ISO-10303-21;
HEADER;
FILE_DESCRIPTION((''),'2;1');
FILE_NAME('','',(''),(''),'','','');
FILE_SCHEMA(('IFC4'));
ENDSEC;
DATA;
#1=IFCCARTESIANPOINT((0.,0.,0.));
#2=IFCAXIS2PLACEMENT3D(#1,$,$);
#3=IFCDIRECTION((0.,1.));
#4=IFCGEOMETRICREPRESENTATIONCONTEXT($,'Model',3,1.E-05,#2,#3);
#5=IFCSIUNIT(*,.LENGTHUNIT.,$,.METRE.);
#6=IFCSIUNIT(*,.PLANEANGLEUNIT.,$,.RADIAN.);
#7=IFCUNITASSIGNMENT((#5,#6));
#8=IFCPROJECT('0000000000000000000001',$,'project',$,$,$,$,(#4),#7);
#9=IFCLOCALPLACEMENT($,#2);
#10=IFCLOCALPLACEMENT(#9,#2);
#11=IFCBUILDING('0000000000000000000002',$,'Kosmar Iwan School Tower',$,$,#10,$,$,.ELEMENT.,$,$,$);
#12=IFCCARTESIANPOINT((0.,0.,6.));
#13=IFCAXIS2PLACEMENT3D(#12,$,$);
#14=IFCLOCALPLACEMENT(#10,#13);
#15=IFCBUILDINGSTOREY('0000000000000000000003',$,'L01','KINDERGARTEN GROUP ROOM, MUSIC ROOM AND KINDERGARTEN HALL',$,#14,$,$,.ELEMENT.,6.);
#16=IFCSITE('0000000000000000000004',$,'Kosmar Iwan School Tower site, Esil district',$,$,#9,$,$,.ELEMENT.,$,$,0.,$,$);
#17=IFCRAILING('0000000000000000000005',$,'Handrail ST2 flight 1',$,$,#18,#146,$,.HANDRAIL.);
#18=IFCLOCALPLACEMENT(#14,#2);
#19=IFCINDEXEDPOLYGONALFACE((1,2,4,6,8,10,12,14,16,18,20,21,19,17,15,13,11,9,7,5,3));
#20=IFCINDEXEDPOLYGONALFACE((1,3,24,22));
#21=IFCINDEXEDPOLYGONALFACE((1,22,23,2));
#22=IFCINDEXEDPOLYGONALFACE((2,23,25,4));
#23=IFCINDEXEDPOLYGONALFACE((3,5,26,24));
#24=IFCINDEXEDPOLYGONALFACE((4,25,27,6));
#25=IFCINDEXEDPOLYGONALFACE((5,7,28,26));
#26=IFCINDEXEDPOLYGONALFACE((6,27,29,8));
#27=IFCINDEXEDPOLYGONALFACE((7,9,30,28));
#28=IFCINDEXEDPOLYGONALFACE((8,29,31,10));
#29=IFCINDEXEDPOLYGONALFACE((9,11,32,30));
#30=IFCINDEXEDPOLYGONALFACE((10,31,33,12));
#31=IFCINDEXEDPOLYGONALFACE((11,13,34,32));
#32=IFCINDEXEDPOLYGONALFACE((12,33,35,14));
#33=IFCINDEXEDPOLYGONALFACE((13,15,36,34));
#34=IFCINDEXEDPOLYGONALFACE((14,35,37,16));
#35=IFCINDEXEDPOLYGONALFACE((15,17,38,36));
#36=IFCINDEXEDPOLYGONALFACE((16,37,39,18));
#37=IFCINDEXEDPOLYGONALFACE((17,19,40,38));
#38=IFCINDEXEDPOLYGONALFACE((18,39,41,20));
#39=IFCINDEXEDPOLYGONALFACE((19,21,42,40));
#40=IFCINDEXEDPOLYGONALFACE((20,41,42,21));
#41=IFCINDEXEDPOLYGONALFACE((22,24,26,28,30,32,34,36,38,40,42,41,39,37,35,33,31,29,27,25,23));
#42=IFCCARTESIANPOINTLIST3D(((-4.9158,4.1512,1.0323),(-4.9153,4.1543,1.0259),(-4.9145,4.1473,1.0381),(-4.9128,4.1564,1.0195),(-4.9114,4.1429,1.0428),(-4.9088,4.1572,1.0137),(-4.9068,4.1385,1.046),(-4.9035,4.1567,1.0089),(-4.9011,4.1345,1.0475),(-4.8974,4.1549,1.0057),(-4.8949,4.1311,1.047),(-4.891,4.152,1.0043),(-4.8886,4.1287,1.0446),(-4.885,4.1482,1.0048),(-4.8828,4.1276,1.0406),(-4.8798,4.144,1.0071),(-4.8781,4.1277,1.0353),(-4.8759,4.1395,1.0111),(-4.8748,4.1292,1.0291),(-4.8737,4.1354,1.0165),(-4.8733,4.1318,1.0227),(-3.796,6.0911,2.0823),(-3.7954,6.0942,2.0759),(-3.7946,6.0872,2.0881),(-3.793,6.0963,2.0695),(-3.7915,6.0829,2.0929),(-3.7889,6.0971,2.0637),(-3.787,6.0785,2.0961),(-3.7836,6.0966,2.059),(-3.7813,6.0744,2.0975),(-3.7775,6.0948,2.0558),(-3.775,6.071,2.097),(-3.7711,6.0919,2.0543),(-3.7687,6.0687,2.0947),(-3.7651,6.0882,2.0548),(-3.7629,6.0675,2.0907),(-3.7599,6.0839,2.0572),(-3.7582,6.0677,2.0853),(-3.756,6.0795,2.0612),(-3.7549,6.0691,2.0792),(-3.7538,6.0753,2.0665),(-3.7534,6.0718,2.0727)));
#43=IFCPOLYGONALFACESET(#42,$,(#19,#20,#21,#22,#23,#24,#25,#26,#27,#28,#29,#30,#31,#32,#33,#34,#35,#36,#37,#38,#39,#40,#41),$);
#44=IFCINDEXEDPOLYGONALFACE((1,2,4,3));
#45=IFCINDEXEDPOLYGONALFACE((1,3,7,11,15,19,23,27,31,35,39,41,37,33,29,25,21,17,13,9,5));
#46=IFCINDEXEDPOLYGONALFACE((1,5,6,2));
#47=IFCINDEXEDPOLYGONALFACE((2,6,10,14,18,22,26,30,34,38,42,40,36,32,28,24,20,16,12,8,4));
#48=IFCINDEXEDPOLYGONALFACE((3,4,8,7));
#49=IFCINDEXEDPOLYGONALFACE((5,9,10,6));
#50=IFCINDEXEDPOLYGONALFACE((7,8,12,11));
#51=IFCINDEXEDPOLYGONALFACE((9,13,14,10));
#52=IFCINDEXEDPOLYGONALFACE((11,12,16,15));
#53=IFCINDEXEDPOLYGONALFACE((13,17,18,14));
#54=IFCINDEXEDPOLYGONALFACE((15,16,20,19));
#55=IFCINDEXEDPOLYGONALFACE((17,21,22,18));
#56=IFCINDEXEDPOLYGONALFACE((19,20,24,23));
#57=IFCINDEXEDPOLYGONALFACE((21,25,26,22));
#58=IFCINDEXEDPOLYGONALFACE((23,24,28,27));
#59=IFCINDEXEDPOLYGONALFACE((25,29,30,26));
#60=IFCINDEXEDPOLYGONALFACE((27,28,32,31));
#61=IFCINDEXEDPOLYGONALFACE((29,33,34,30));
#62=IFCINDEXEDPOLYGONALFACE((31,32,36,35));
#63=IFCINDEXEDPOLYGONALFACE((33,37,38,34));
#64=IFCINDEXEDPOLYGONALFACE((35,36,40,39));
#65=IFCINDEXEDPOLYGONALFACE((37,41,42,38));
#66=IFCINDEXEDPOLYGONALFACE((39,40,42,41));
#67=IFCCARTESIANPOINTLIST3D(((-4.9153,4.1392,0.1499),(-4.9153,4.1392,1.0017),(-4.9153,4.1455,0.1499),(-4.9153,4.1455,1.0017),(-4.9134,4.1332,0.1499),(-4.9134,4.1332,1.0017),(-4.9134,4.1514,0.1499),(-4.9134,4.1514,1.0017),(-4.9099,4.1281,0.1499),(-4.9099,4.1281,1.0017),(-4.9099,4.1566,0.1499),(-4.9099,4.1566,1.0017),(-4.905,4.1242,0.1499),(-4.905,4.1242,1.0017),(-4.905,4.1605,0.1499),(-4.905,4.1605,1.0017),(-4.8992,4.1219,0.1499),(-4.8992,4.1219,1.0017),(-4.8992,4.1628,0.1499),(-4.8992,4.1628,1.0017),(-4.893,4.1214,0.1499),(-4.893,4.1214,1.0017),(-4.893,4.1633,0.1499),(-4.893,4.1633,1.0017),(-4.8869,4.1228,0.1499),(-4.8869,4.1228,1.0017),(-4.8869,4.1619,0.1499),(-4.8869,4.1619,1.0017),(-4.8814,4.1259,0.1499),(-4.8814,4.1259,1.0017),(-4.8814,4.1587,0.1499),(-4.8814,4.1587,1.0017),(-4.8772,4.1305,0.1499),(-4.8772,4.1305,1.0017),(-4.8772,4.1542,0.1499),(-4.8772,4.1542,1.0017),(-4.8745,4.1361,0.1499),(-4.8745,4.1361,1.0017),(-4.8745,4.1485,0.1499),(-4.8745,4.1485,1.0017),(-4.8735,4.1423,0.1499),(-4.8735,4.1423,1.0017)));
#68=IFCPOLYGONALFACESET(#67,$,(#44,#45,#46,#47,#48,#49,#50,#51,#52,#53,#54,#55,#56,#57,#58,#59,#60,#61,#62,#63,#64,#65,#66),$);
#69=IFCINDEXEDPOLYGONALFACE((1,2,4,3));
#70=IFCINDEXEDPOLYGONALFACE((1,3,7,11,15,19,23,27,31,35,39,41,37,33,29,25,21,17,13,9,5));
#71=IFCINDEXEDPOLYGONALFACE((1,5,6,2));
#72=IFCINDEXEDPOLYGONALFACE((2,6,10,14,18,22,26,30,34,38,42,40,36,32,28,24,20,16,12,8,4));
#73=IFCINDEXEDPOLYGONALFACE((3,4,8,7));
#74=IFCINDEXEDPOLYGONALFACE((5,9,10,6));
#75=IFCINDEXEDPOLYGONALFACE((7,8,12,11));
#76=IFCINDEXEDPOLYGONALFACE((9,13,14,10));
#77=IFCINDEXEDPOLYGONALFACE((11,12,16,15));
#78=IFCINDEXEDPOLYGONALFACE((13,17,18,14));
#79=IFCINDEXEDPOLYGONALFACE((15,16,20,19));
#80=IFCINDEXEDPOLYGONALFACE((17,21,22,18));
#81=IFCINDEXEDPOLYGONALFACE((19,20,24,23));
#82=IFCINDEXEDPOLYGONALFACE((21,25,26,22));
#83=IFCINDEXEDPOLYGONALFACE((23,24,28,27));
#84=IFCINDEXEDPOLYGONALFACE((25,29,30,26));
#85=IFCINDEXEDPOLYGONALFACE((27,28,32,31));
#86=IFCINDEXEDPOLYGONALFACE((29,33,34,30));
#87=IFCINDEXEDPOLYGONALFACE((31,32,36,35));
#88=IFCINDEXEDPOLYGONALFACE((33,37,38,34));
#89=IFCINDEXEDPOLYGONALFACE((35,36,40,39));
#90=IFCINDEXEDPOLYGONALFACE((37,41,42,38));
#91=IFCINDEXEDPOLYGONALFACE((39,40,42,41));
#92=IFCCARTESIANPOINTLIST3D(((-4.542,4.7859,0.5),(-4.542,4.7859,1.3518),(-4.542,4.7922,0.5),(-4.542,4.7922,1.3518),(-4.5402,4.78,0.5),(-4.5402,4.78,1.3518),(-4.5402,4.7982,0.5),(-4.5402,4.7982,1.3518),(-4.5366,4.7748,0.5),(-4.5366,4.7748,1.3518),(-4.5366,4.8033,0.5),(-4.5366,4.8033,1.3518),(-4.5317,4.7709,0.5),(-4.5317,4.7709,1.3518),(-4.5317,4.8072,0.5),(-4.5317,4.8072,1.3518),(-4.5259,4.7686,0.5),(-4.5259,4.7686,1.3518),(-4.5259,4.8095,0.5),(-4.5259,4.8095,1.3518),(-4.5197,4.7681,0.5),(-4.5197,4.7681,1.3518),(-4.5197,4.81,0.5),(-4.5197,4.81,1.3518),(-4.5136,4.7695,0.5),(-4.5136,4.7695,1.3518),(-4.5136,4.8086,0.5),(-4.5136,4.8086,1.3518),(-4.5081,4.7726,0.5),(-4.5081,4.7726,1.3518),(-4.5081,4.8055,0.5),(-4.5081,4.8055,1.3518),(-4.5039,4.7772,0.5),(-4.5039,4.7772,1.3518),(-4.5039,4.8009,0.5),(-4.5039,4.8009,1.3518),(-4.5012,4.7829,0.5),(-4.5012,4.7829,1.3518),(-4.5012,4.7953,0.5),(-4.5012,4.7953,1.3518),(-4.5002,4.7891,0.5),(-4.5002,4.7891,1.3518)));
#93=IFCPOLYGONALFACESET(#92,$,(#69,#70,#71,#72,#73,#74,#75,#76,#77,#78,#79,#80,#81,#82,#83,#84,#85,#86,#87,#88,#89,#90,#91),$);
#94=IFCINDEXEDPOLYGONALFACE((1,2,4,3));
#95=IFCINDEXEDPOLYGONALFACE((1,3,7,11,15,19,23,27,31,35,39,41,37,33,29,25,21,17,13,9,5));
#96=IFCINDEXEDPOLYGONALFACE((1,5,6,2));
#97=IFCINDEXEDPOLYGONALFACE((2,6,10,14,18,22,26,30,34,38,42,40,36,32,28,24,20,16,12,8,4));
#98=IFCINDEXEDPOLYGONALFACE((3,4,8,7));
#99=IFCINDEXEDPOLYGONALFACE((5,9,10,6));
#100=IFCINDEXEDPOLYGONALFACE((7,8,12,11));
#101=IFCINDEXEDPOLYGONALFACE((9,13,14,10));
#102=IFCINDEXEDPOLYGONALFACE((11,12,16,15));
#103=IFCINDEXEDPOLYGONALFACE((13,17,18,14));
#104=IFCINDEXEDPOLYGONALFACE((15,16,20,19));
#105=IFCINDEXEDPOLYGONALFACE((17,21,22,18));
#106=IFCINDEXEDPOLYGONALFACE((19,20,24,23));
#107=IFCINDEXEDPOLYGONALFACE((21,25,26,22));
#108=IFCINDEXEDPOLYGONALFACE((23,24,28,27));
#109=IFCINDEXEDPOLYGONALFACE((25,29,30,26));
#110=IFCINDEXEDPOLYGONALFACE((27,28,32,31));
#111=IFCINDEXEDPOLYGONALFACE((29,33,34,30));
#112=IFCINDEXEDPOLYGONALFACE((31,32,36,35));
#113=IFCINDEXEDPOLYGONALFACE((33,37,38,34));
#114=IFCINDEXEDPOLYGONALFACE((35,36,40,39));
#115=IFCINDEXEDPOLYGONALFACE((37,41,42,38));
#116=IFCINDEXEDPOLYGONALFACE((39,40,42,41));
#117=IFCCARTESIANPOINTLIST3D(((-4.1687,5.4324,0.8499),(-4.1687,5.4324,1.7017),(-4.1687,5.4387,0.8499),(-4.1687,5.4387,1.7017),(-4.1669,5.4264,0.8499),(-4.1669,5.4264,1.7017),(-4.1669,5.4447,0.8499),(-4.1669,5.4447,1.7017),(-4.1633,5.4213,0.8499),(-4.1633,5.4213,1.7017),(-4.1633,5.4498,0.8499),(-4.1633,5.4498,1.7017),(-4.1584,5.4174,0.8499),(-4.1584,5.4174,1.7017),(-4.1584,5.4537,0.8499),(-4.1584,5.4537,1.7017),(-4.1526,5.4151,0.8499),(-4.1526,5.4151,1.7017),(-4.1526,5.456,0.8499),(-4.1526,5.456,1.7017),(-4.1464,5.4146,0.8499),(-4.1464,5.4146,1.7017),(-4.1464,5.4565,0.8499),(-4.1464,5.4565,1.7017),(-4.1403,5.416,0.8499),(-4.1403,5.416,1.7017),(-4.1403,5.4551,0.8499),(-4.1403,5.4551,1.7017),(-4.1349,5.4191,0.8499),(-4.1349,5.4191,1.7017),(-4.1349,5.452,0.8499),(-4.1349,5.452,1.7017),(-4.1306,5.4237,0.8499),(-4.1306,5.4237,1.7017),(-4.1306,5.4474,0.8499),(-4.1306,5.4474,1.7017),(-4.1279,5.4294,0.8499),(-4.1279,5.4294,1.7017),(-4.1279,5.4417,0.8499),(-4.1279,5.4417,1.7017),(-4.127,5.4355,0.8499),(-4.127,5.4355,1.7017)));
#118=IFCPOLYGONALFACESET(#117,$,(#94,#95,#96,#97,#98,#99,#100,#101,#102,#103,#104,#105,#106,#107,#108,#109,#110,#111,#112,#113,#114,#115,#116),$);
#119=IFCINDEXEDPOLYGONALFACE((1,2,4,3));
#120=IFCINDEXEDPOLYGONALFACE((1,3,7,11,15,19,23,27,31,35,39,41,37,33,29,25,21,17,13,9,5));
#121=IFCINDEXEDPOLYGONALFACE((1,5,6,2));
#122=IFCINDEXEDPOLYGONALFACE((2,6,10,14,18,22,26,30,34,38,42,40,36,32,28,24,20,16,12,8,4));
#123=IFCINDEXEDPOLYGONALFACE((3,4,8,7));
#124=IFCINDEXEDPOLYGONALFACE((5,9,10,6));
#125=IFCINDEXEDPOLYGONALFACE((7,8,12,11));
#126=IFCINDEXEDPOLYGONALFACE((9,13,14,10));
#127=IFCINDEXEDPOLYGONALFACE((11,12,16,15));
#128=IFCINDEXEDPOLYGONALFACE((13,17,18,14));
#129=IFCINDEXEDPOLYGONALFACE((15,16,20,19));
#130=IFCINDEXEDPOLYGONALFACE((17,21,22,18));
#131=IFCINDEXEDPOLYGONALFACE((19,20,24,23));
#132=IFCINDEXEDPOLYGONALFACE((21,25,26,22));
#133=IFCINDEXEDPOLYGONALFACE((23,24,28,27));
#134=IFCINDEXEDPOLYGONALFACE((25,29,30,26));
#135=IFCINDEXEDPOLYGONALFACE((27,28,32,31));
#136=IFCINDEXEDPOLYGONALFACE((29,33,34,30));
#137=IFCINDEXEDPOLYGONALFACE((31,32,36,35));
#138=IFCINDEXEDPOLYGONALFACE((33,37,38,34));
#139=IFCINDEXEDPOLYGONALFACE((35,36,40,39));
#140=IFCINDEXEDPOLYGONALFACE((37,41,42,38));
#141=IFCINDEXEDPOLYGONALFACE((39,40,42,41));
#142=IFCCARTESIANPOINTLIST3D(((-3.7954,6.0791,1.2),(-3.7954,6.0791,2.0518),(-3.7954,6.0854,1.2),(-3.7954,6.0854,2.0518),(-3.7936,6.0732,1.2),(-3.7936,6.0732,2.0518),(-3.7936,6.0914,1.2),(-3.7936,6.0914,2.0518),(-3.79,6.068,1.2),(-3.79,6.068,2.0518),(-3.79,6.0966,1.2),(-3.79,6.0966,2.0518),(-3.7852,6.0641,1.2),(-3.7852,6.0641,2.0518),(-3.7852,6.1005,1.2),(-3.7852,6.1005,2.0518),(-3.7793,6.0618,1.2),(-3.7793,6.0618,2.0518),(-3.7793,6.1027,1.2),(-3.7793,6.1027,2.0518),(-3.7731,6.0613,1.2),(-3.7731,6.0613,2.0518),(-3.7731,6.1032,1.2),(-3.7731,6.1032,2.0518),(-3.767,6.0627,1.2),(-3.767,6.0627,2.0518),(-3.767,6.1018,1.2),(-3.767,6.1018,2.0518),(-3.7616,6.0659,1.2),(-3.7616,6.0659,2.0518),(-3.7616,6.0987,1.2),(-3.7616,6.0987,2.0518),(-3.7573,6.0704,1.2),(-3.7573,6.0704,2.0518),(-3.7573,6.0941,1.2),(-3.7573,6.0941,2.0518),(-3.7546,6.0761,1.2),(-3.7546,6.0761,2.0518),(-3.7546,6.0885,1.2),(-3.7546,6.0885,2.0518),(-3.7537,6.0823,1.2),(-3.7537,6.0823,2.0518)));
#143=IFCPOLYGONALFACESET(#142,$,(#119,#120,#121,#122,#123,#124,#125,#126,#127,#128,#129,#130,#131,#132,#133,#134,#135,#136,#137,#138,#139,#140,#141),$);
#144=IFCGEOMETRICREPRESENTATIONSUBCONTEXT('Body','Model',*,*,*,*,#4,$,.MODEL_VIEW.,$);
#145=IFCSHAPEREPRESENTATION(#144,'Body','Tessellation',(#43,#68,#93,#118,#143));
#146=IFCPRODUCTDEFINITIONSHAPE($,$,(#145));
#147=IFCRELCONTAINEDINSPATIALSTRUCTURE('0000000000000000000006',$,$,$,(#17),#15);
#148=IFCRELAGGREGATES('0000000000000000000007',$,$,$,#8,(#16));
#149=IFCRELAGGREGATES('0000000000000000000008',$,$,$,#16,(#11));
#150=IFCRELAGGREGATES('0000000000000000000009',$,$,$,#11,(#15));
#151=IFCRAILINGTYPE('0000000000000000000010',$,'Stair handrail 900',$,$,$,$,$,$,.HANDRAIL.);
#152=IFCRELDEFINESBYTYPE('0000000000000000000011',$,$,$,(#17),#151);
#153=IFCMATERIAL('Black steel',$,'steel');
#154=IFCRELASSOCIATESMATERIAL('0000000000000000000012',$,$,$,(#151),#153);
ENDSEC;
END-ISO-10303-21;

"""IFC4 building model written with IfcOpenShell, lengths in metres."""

from ifc_helpers import new_model, si_unit, direction, frame, origin, origin_2d, place, context, subcontext, project, spatial, circle, extrude, material, type_object, element, save


model = new_model("IFC4")

# Units and contexts
model_context = context("Model", 3, precision=1e-05, world=origin(), true_north=direction((0.0, 1.0)))
body_context = subcontext(model_context, "Body", "Model", "MODEL_VIEW")
ifc_project = project(units=[si_unit("LENGTHUNIT", "METRE"), si_unit("PLANEANGLEUNIT", "RADIAN")], contexts=[model_context])

# Site, building, storey
site_placement = place(None, origin())
site = spatial("IfcSite", under=ifc_project, at=site_placement, Name="Kosmar Iwan School Tower site, Esil district", CompositionType="ELEMENT", RefElevation=0.0)
building_placement = place(site_placement, origin())
building = spatial("IfcBuilding", under=site, at=building_placement, Name="Kosmar Iwan School Tower", CompositionType="ELEMENT")
storey_placement = place(building_placement, frame((0.0, 0.0, 6.0)))
storey = spatial("IfcBuildingStorey", under=building, at=storey_placement, Name="L01", Description="KINDERGARTEN GROUP ROOM, MUSIC ROOM AND KINDERGARTEN HALL", CompositionType="ELEMENT", Elevation=6.0)

# Railing
ifc_material_1 = material(Name="Black steel", Category="steel")
railing_type = type_object("IfcRailingType", Name="Stair handrail 900", PredefinedType="HANDRAIL", material=ifc_material_1)
railing_1_placement = place(storey_placement, frame((-4.8945, 4.1423, 0.1499)))
element("IfcRailing", 1, at=railing_1_placement, inside=storey, type_object=railing_type, Name="Handrail ST2 flight 1", PredefinedType="HANDRAIL", context=body_context, shape_type="SweptSolid", body=[
    extrude(circle(Radius=0.0239, at=origin_2d()), frame((0.0, 0.0, 0.876), z_axis=(0.452678, 0.784169, 0.424454), x_axis=(-0.866055, 0.499949, 0.0)), (0.0, 0.0, 1.0), 2.4739),
    extrude(circle(Radius=0.021, at=origin_2d()), origin(), (0.0, 0.0, 1.0), 0.8518),
    extrude(circle(Radius=0.021, at=origin_2d()), frame((0.3733, 0.6467, 0.3501)), (0.0, 0.0, 1.0), 0.8518),
    extrude(circle(Radius=0.021, at=origin_2d()), frame((0.7466, 1.2932, 0.7)), (0.0, 0.0, 1.0), 0.8518),
    extrude(circle(Radius=0.021, at=origin_2d()), frame((1.1199, 1.9399, 1.05)), (0.0, 0.0, 1.0), 0.8518),
])

save(model, "model.ifc")
